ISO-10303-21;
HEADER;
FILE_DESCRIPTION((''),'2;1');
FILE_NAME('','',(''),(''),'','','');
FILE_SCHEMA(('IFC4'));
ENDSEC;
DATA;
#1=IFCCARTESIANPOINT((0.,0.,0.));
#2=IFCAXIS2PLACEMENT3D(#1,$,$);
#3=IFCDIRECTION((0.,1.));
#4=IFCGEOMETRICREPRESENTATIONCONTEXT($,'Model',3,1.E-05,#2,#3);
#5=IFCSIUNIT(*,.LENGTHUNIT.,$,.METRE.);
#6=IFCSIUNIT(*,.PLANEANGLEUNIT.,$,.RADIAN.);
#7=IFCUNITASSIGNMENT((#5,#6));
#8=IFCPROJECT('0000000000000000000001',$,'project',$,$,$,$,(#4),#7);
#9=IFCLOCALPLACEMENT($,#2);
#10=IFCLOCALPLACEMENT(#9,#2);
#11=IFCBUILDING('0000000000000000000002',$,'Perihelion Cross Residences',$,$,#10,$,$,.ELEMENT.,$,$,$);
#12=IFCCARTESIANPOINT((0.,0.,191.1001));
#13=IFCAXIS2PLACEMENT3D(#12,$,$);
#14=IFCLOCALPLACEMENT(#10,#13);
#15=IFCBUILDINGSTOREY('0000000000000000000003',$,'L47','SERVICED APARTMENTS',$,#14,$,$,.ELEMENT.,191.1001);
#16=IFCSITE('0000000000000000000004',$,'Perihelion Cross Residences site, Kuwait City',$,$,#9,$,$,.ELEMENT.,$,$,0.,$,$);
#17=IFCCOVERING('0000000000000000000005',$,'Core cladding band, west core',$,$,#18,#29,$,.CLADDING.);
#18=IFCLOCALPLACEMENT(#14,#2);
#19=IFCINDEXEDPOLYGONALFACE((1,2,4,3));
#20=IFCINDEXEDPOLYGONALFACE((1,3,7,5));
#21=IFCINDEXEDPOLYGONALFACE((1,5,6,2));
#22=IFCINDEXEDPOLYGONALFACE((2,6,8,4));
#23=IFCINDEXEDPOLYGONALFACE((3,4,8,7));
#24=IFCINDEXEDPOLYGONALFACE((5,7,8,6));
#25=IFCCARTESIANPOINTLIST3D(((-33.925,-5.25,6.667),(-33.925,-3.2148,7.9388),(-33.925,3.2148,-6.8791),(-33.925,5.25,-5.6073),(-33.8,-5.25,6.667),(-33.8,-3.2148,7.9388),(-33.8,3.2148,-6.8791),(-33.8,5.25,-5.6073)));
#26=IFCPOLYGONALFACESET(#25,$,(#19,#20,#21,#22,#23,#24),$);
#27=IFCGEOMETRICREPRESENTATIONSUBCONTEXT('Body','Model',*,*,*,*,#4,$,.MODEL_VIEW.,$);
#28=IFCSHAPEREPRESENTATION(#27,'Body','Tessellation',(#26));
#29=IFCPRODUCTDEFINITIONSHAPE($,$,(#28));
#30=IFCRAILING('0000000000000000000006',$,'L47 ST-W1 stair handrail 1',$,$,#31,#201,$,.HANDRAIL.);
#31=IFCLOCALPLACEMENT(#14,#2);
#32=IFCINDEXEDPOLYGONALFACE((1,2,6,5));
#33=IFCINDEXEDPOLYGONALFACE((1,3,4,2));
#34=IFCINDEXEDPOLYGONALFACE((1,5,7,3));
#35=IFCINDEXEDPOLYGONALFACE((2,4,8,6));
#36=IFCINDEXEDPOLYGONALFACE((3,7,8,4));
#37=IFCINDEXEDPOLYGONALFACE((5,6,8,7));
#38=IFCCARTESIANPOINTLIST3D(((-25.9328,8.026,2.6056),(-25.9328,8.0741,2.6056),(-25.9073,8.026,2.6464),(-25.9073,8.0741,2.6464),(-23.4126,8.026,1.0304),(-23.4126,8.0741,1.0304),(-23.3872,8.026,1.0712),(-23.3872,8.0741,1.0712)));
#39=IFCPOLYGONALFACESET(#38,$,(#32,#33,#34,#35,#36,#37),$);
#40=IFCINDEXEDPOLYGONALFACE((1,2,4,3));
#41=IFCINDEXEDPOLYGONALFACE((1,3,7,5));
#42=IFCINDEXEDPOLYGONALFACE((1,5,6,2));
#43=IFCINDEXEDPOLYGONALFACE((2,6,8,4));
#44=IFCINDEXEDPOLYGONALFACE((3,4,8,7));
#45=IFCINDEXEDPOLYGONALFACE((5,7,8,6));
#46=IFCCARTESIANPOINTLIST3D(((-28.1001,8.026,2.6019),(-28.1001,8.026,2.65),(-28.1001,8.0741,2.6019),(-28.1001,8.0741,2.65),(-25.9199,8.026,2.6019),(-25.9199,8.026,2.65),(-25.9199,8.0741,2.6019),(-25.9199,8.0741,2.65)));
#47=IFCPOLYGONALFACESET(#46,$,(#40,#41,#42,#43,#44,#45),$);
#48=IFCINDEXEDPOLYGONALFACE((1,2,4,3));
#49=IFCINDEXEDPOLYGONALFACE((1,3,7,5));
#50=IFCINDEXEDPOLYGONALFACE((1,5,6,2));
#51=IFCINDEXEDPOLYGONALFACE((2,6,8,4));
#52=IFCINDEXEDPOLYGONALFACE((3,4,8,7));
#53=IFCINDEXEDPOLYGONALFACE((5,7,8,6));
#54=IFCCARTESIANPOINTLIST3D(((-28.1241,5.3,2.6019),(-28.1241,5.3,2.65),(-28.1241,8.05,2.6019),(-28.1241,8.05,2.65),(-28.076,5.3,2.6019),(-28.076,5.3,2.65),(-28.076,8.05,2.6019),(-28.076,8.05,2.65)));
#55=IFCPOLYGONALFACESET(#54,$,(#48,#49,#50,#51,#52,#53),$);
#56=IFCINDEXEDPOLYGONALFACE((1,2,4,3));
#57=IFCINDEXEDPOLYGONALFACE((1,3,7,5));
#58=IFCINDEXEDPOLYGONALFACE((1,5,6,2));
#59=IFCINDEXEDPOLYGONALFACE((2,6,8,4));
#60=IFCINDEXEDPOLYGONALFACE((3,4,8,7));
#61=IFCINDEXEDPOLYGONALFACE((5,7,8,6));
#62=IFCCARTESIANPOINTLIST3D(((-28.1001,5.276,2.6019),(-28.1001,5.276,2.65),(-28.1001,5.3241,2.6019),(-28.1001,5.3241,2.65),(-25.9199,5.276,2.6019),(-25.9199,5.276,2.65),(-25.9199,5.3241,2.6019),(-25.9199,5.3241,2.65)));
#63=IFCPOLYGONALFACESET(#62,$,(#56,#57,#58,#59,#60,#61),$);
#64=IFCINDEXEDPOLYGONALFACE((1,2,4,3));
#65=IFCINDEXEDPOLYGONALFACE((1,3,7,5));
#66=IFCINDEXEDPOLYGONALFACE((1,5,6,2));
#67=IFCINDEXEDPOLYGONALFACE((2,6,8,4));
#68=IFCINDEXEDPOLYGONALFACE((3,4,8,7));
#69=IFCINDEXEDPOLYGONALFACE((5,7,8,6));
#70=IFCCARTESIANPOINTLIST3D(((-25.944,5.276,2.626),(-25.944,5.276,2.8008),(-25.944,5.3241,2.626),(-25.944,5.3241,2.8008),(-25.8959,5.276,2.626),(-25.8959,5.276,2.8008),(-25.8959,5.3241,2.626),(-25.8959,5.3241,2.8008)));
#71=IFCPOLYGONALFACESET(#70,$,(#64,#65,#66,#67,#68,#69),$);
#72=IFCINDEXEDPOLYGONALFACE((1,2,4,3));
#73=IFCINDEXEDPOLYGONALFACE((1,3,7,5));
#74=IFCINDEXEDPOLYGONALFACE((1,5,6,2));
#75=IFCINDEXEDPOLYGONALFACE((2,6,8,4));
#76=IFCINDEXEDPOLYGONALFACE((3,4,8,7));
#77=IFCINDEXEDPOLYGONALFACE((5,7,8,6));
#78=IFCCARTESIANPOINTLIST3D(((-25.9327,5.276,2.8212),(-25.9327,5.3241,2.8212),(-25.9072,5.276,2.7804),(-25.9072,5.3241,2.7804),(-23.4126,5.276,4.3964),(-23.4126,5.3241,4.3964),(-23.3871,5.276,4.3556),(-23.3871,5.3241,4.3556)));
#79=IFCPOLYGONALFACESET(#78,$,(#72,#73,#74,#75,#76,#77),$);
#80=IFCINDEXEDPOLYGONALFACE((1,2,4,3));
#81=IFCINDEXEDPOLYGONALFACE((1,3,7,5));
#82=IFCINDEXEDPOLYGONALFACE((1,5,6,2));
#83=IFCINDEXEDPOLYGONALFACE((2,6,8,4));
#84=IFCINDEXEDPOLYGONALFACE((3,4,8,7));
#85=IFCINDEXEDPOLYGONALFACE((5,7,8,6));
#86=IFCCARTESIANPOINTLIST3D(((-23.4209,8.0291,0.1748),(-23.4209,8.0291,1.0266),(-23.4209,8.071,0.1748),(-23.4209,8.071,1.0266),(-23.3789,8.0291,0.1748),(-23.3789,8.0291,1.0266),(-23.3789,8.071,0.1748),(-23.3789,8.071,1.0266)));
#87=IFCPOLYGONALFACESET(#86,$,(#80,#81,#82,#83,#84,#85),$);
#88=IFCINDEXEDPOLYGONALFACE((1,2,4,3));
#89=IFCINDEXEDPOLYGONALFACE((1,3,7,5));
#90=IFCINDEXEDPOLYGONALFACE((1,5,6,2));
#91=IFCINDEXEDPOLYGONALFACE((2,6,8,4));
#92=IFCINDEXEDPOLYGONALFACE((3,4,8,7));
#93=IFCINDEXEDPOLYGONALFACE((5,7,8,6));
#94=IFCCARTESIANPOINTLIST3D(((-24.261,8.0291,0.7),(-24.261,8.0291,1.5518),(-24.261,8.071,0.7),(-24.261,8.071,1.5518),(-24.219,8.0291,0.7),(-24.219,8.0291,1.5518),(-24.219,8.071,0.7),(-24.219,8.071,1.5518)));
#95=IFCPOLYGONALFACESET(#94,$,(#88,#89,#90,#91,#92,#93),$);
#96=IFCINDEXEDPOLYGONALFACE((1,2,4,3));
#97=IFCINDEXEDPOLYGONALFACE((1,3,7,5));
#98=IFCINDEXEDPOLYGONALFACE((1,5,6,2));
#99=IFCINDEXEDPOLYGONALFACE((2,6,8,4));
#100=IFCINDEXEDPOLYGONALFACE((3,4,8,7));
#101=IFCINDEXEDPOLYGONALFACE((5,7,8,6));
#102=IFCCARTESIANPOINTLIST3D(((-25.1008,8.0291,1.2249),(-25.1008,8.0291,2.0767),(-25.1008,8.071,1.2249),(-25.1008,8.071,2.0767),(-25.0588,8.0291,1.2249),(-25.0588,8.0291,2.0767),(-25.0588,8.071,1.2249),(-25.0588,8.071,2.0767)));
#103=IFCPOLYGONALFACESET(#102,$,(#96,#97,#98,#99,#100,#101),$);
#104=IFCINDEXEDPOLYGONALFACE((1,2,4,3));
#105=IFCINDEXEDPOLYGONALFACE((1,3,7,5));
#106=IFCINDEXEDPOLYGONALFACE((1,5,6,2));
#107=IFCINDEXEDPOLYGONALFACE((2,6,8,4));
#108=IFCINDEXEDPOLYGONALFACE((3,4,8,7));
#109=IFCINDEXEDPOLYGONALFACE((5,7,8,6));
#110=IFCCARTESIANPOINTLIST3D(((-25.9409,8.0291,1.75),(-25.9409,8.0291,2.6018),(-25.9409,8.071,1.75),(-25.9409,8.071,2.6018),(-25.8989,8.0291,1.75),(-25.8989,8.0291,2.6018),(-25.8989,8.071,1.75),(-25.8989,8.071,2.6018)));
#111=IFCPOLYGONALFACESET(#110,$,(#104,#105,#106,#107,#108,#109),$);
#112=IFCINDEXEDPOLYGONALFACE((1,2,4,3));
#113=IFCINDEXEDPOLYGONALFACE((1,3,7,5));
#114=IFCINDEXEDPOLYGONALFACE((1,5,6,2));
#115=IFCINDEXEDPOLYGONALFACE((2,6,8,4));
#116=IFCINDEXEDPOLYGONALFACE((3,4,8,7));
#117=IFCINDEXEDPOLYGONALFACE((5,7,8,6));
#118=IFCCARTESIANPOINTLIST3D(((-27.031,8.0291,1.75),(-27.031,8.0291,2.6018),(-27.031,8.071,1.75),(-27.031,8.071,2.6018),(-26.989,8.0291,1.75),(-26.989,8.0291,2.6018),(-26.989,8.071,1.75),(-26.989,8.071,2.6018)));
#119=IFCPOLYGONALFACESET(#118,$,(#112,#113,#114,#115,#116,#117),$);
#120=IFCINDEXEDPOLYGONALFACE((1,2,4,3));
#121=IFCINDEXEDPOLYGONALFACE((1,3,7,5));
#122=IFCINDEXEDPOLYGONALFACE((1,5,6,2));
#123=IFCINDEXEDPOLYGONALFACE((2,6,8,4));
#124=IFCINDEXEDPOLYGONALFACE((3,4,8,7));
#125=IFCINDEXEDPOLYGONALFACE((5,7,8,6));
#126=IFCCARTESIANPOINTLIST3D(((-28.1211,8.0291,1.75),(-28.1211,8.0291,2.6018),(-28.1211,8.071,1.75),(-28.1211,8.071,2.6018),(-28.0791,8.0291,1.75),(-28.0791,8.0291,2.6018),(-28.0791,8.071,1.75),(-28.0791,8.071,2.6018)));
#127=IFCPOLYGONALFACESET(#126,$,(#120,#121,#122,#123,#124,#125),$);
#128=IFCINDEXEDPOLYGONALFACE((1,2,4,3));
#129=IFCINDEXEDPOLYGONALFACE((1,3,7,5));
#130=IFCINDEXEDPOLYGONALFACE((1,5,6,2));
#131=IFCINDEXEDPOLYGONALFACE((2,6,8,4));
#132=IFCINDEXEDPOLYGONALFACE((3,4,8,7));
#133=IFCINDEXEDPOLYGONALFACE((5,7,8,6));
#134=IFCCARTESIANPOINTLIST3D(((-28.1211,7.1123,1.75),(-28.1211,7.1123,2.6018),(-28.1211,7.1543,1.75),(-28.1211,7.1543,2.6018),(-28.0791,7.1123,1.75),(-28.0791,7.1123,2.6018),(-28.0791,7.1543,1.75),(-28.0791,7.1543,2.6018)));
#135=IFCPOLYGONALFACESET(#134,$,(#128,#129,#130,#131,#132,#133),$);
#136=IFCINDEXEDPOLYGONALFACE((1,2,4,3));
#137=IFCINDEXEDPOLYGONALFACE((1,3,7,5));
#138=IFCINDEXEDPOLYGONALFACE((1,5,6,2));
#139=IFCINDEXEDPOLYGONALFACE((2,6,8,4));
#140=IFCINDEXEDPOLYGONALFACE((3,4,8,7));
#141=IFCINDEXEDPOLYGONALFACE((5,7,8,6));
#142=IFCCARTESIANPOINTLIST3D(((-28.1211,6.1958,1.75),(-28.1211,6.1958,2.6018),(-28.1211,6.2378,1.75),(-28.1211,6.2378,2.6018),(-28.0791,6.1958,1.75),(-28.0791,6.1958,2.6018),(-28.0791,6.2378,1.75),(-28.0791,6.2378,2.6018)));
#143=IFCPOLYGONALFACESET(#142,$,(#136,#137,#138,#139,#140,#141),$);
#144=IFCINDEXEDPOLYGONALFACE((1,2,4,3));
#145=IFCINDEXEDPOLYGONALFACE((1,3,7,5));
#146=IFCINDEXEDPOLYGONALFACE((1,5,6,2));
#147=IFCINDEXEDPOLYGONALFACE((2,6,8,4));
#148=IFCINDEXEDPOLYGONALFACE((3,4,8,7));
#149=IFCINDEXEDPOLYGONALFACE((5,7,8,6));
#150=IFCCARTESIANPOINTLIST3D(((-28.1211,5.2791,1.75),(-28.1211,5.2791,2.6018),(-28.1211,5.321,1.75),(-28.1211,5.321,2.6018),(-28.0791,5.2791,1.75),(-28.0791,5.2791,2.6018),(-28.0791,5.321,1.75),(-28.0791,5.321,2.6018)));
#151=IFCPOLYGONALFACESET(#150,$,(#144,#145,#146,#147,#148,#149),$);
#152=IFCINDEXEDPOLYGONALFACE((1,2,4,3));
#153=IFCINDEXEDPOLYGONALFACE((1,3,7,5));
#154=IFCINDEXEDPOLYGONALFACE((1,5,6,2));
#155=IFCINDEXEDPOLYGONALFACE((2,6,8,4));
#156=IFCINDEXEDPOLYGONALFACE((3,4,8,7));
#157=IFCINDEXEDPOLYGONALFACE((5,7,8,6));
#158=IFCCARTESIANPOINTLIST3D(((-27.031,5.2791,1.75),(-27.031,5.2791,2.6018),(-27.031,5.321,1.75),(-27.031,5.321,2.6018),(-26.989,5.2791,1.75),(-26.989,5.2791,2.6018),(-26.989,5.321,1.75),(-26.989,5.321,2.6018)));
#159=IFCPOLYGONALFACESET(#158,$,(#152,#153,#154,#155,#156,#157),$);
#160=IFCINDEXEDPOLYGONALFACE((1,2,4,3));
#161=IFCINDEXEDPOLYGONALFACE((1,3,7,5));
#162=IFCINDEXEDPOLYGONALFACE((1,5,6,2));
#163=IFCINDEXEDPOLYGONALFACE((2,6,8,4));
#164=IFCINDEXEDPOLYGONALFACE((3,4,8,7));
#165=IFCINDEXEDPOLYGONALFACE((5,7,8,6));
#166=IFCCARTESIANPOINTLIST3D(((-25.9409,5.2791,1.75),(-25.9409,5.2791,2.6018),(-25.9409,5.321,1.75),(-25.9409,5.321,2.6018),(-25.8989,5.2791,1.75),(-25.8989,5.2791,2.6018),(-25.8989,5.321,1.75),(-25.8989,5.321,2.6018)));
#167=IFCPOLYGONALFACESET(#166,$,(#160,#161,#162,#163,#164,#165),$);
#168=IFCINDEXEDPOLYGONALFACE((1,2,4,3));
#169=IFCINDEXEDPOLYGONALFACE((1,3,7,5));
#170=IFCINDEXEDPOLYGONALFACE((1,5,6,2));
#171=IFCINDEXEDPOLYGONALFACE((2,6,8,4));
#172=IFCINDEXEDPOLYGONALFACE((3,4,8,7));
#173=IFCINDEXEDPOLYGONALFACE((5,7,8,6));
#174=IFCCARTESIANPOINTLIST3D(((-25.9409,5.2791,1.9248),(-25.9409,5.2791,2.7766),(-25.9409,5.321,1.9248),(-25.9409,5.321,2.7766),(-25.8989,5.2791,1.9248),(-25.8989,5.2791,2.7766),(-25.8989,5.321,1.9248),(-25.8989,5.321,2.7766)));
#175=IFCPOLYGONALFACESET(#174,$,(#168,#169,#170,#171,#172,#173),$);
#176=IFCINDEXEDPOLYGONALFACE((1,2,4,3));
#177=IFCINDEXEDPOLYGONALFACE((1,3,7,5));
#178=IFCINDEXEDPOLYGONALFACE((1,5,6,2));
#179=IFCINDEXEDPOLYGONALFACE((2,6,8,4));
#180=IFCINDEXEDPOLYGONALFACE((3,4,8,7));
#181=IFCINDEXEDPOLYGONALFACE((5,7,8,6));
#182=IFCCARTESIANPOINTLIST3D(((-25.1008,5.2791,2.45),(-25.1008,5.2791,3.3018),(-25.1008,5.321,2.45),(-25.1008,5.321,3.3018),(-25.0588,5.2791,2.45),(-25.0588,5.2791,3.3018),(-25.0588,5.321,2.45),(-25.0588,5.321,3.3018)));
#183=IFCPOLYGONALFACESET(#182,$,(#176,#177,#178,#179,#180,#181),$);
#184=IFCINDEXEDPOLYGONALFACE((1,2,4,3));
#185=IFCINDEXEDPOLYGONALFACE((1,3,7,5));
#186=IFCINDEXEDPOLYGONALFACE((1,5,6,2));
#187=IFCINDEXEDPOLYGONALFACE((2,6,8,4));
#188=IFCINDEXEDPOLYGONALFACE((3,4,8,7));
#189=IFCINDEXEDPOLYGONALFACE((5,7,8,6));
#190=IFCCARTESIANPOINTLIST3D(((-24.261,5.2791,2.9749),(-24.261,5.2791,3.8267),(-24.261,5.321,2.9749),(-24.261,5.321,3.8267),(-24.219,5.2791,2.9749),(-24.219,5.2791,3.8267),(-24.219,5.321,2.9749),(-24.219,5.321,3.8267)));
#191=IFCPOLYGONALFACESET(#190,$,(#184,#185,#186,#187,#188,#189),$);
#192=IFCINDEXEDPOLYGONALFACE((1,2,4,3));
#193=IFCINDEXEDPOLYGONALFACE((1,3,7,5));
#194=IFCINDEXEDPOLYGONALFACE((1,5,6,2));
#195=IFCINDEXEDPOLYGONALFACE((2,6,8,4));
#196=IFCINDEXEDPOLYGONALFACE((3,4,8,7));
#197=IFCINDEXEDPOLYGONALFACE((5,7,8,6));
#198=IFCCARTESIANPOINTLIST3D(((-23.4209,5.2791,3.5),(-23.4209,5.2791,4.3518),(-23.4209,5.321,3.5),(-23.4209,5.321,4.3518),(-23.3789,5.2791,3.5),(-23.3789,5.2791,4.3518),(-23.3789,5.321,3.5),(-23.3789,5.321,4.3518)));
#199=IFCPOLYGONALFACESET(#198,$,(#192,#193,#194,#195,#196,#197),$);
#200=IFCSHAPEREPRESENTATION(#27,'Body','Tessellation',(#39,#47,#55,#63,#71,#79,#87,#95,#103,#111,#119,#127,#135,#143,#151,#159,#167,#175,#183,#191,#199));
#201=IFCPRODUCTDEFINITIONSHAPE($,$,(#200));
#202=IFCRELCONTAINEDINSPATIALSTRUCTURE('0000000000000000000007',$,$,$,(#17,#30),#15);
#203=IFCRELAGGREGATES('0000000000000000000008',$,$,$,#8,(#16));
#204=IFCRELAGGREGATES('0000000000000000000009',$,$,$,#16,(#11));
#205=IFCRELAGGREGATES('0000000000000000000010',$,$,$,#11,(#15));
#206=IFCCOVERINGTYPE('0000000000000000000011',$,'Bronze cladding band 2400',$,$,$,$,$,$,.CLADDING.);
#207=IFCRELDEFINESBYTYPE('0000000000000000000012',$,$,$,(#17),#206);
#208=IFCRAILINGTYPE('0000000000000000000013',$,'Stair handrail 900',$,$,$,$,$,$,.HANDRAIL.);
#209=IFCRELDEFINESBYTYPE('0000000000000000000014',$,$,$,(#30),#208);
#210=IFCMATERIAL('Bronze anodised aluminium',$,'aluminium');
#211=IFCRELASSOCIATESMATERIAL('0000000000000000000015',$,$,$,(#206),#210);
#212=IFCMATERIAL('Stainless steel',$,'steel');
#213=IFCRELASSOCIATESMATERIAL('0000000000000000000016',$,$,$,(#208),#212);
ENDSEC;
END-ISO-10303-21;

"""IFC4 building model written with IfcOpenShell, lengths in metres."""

from ifc_helpers import new_model, si_unit, direction, frame, origin, origin_2d, place, context, subcontext, project, spatial, rectangle, extrude, material, material_profile, profile_set, type_object, element, save


model = new_model("IFC4")

# Units and contexts
model_context = context("Model", 3, precision=1e-05, world=origin(), true_north=direction((0.0, 1.0)))
body_context = subcontext(model_context, "Body", "Model", "MODEL_VIEW")
ifc_project = project(units=[si_unit("LENGTHUNIT", "METRE"), si_unit("PLANEANGLEUNIT", "RADIAN")], contexts=[model_context])

# Site, building, storey
site_placement = place(None, origin())
site = spatial("IfcSite", under=ifc_project, at=site_placement, Name="Perihelion Cross Residences site, Kuwait City", CompositionType="ELEMENT", RefElevation=0.0)
building_placement = place(site_placement, origin())
building = spatial("IfcBuilding", under=site, at=building_placement, Name="Perihelion Cross Residences", CompositionType="ELEMENT")
storey_placement = place(building_placement, frame((0.0, 0.0, 191.1001)))
storey = spatial("IfcBuildingStorey", under=building, at=storey_placement, Name="L47", Description="SERVICED APARTMENTS", CompositionType="ELEMENT", Elevation=191.1001)

# Covering
ifc_material_1 = material(Name="Bronze anodised aluminium", Category="aluminium")
ifc_material_profile = material_profile(ifc_material_1, rectangle(XDim=0.125, YDim=2.3999, at=origin_2d()), Name="Bronze cladding band 2400")
ifc_profile_set = profile_set([ifc_material_profile], Name="Bronze anodised aluminium")
covering_type = type_object("IfcCoveringType", Name="Bronze cladding band 2400", PredefinedType="CLADDING", material=ifc_profile_set)
covering_placement = place(storey_placement, frame((-33.8625, 4.2324, -6.2432), z_axis=(0.0, -0.529932, 0.84804), x_axis=(1.0, 0.0, 0.0)))
element("IfcCovering", 1, at=covering_placement, inside=storey, type_object=covering_type, Name="Core cladding band, west core", PredefinedType="CLADDING", context=body_context, shape_type="SweptSolid", body=[
    extrude(rectangle(XDim=0.125, YDim=2.3999, at=origin_2d()), origin(), (0.0, 0.0, 1.0), 15.9734),
])

# Railing
ifc_material_2 = material(Name="Stainless steel", Category="steel")
railing_type = type_object("IfcRailingType", Name="Stair handrail 900", PredefinedType="HANDRAIL", material=ifc_material_2)
railing_placement = place(storey_placement, frame((-23.3999, 8.05, 0.1748)))
element("IfcRailing", 2, at=railing_placement, inside=storey, type_object=railing_type, Name="L47 ST-W1 stair handrail 1", PredefinedType="HANDRAIL", context=body_context, shape_type="SweptSolid", body=[
    extrude(rectangle(XDim=0.0481, YDim=0.0481, at=origin_2d()), frame((0.0, 0.0, 0.876), z_axis=(-0.847971, 0.0, 0.530043), x_axis=(0.0, -1.0, 0.0)), (0.0, 0.0, 1.0), 2.9719),
    extrude(rectangle(XDim=0.0481, YDim=0.0481, at=origin_2d()), frame((-2.52, 0.0, 2.4512), z_axis=(-1.0, 0.0, 0.0), x_axis=(0.0, -1.0, 0.0)), (0.0, 0.0, 1.0), 2.1802),
    extrude(rectangle(XDim=0.0481, YDim=0.0481, at=origin_2d()), frame((-4.7002, 0.0, 2.4512), z_axis=(0.0, -1.0, 0.0), x_axis=(1.0, 0.0, 0.0)), (0.0, 0.0, 1.0), 2.75),
    extrude(rectangle(XDim=0.0481, YDim=0.0481, at=origin_2d()), frame((-4.7002, -2.75, 2.4512), z_axis=(1.0, 0.0, 0.0), x_axis=(0.0, 1.0, 0.0)), (0.0, 0.0, 1.0), 2.1802),
    extrude(rectangle(XDim=0.0481, YDim=0.0481, at=origin_2d()), frame((-2.52, -2.75, 2.4512), z_axis=(0.0, 0.0, 1.0), x_axis=(1.0, 0.0, 0.0)), (0.0, 0.0, 1.0), 0.1748),
    extrude(rectangle(XDim=0.0481, YDim=0.0481, at=origin_2d()), frame((-2.52, -2.75, 2.626), z_axis=(0.847971, 0.0, 0.530043), x_axis=(0.0, 1.0, 0.0)), (0.0, 0.0, 1.0), 2.9719),
    extrude(rectangle(XDim=0.042, YDim=0.042, at=origin_2d()), origin(), (0.0, 0.0, 1.0), 0.8518),
    extrude(rectangle(XDim=0.042, YDim=0.042, at=origin_2d()), frame((-0.8401, 0.0, 0.5251)), (0.0, 0.0, 1.0), 0.8518),
    extrude(rectangle(XDim=0.042, YDim=0.042, at=origin_2d()), frame((-1.6799, 0.0, 1.05)), (0.0, 0.0, 1.0), 0.8518),
    extrude(rectangle(XDim=0.042, YDim=0.042, at=origin_2d()), frame((-2.52, 0.0, 1.5752)), (0.0, 0.0, 1.0), 0.8518),
    extrude(rectangle(XDim=0.042, YDim=0.042, at=origin_2d()), frame((-3.6101, 0.0, 1.5752)), (0.0, 0.0, 1.0), 0.8518),
    extrude(rectangle(XDim=0.042, YDim=0.042, at=origin_2d()), frame((-4.7002, 0.0, 1.5752)), (0.0, 0.0, 1.0), 0.8518),
    extrude(rectangle(XDim=0.042, YDim=0.042, at=origin_2d()), frame((-4.7002, -0.9167, 1.5752)), (0.0, 0.0, 1.0), 0.8518),
    extrude(rectangle(XDim=0.042, YDim=0.042, at=origin_2d()), frame((-4.7002, -1.8333, 1.5752)), (0.0, 0.0, 1.0), 0.8518),
    extrude(rectangle(XDim=0.042, YDim=0.042, at=origin_2d()), frame((-4.7002, -2.75, 1.5752)), (0.0, 0.0, 1.0), 0.8518),
    extrude(rectangle(XDim=0.042, YDim=0.042, at=origin_2d()), frame((-3.6101, -2.75, 1.5752)), (0.0, 0.0, 1.0), 0.8518),
    extrude(rectangle(XDim=0.042, YDim=0.042, at=origin_2d()), frame((-2.52, -2.75, 1.5752)), (0.0, 0.0, 1.0), 0.8518),
    extrude(rectangle(XDim=0.042, YDim=0.042, at=origin_2d()), frame((-2.52, -2.75, 1.75)), (0.0, 0.0, 1.0), 0.8518),
    extrude(rectangle(XDim=0.042, YDim=0.042, at=origin_2d()), frame((-1.6799, -2.75, 2.2751)), (0.0, 0.0, 1.0), 0.8518),
    extrude(rectangle(XDim=0.042, YDim=0.042, at=origin_2d()), frame((-0.8401, -2.75, 2.8)), (0.0, 0.0, 1.0), 0.8518),
    extrude(rectangle(XDim=0.042, YDim=0.042, at=origin_2d()), frame((0.0, -2.75, 3.3252)), (0.0, 0.0, 1.0), 0.8518),
])

save(model, "model.ifc")
